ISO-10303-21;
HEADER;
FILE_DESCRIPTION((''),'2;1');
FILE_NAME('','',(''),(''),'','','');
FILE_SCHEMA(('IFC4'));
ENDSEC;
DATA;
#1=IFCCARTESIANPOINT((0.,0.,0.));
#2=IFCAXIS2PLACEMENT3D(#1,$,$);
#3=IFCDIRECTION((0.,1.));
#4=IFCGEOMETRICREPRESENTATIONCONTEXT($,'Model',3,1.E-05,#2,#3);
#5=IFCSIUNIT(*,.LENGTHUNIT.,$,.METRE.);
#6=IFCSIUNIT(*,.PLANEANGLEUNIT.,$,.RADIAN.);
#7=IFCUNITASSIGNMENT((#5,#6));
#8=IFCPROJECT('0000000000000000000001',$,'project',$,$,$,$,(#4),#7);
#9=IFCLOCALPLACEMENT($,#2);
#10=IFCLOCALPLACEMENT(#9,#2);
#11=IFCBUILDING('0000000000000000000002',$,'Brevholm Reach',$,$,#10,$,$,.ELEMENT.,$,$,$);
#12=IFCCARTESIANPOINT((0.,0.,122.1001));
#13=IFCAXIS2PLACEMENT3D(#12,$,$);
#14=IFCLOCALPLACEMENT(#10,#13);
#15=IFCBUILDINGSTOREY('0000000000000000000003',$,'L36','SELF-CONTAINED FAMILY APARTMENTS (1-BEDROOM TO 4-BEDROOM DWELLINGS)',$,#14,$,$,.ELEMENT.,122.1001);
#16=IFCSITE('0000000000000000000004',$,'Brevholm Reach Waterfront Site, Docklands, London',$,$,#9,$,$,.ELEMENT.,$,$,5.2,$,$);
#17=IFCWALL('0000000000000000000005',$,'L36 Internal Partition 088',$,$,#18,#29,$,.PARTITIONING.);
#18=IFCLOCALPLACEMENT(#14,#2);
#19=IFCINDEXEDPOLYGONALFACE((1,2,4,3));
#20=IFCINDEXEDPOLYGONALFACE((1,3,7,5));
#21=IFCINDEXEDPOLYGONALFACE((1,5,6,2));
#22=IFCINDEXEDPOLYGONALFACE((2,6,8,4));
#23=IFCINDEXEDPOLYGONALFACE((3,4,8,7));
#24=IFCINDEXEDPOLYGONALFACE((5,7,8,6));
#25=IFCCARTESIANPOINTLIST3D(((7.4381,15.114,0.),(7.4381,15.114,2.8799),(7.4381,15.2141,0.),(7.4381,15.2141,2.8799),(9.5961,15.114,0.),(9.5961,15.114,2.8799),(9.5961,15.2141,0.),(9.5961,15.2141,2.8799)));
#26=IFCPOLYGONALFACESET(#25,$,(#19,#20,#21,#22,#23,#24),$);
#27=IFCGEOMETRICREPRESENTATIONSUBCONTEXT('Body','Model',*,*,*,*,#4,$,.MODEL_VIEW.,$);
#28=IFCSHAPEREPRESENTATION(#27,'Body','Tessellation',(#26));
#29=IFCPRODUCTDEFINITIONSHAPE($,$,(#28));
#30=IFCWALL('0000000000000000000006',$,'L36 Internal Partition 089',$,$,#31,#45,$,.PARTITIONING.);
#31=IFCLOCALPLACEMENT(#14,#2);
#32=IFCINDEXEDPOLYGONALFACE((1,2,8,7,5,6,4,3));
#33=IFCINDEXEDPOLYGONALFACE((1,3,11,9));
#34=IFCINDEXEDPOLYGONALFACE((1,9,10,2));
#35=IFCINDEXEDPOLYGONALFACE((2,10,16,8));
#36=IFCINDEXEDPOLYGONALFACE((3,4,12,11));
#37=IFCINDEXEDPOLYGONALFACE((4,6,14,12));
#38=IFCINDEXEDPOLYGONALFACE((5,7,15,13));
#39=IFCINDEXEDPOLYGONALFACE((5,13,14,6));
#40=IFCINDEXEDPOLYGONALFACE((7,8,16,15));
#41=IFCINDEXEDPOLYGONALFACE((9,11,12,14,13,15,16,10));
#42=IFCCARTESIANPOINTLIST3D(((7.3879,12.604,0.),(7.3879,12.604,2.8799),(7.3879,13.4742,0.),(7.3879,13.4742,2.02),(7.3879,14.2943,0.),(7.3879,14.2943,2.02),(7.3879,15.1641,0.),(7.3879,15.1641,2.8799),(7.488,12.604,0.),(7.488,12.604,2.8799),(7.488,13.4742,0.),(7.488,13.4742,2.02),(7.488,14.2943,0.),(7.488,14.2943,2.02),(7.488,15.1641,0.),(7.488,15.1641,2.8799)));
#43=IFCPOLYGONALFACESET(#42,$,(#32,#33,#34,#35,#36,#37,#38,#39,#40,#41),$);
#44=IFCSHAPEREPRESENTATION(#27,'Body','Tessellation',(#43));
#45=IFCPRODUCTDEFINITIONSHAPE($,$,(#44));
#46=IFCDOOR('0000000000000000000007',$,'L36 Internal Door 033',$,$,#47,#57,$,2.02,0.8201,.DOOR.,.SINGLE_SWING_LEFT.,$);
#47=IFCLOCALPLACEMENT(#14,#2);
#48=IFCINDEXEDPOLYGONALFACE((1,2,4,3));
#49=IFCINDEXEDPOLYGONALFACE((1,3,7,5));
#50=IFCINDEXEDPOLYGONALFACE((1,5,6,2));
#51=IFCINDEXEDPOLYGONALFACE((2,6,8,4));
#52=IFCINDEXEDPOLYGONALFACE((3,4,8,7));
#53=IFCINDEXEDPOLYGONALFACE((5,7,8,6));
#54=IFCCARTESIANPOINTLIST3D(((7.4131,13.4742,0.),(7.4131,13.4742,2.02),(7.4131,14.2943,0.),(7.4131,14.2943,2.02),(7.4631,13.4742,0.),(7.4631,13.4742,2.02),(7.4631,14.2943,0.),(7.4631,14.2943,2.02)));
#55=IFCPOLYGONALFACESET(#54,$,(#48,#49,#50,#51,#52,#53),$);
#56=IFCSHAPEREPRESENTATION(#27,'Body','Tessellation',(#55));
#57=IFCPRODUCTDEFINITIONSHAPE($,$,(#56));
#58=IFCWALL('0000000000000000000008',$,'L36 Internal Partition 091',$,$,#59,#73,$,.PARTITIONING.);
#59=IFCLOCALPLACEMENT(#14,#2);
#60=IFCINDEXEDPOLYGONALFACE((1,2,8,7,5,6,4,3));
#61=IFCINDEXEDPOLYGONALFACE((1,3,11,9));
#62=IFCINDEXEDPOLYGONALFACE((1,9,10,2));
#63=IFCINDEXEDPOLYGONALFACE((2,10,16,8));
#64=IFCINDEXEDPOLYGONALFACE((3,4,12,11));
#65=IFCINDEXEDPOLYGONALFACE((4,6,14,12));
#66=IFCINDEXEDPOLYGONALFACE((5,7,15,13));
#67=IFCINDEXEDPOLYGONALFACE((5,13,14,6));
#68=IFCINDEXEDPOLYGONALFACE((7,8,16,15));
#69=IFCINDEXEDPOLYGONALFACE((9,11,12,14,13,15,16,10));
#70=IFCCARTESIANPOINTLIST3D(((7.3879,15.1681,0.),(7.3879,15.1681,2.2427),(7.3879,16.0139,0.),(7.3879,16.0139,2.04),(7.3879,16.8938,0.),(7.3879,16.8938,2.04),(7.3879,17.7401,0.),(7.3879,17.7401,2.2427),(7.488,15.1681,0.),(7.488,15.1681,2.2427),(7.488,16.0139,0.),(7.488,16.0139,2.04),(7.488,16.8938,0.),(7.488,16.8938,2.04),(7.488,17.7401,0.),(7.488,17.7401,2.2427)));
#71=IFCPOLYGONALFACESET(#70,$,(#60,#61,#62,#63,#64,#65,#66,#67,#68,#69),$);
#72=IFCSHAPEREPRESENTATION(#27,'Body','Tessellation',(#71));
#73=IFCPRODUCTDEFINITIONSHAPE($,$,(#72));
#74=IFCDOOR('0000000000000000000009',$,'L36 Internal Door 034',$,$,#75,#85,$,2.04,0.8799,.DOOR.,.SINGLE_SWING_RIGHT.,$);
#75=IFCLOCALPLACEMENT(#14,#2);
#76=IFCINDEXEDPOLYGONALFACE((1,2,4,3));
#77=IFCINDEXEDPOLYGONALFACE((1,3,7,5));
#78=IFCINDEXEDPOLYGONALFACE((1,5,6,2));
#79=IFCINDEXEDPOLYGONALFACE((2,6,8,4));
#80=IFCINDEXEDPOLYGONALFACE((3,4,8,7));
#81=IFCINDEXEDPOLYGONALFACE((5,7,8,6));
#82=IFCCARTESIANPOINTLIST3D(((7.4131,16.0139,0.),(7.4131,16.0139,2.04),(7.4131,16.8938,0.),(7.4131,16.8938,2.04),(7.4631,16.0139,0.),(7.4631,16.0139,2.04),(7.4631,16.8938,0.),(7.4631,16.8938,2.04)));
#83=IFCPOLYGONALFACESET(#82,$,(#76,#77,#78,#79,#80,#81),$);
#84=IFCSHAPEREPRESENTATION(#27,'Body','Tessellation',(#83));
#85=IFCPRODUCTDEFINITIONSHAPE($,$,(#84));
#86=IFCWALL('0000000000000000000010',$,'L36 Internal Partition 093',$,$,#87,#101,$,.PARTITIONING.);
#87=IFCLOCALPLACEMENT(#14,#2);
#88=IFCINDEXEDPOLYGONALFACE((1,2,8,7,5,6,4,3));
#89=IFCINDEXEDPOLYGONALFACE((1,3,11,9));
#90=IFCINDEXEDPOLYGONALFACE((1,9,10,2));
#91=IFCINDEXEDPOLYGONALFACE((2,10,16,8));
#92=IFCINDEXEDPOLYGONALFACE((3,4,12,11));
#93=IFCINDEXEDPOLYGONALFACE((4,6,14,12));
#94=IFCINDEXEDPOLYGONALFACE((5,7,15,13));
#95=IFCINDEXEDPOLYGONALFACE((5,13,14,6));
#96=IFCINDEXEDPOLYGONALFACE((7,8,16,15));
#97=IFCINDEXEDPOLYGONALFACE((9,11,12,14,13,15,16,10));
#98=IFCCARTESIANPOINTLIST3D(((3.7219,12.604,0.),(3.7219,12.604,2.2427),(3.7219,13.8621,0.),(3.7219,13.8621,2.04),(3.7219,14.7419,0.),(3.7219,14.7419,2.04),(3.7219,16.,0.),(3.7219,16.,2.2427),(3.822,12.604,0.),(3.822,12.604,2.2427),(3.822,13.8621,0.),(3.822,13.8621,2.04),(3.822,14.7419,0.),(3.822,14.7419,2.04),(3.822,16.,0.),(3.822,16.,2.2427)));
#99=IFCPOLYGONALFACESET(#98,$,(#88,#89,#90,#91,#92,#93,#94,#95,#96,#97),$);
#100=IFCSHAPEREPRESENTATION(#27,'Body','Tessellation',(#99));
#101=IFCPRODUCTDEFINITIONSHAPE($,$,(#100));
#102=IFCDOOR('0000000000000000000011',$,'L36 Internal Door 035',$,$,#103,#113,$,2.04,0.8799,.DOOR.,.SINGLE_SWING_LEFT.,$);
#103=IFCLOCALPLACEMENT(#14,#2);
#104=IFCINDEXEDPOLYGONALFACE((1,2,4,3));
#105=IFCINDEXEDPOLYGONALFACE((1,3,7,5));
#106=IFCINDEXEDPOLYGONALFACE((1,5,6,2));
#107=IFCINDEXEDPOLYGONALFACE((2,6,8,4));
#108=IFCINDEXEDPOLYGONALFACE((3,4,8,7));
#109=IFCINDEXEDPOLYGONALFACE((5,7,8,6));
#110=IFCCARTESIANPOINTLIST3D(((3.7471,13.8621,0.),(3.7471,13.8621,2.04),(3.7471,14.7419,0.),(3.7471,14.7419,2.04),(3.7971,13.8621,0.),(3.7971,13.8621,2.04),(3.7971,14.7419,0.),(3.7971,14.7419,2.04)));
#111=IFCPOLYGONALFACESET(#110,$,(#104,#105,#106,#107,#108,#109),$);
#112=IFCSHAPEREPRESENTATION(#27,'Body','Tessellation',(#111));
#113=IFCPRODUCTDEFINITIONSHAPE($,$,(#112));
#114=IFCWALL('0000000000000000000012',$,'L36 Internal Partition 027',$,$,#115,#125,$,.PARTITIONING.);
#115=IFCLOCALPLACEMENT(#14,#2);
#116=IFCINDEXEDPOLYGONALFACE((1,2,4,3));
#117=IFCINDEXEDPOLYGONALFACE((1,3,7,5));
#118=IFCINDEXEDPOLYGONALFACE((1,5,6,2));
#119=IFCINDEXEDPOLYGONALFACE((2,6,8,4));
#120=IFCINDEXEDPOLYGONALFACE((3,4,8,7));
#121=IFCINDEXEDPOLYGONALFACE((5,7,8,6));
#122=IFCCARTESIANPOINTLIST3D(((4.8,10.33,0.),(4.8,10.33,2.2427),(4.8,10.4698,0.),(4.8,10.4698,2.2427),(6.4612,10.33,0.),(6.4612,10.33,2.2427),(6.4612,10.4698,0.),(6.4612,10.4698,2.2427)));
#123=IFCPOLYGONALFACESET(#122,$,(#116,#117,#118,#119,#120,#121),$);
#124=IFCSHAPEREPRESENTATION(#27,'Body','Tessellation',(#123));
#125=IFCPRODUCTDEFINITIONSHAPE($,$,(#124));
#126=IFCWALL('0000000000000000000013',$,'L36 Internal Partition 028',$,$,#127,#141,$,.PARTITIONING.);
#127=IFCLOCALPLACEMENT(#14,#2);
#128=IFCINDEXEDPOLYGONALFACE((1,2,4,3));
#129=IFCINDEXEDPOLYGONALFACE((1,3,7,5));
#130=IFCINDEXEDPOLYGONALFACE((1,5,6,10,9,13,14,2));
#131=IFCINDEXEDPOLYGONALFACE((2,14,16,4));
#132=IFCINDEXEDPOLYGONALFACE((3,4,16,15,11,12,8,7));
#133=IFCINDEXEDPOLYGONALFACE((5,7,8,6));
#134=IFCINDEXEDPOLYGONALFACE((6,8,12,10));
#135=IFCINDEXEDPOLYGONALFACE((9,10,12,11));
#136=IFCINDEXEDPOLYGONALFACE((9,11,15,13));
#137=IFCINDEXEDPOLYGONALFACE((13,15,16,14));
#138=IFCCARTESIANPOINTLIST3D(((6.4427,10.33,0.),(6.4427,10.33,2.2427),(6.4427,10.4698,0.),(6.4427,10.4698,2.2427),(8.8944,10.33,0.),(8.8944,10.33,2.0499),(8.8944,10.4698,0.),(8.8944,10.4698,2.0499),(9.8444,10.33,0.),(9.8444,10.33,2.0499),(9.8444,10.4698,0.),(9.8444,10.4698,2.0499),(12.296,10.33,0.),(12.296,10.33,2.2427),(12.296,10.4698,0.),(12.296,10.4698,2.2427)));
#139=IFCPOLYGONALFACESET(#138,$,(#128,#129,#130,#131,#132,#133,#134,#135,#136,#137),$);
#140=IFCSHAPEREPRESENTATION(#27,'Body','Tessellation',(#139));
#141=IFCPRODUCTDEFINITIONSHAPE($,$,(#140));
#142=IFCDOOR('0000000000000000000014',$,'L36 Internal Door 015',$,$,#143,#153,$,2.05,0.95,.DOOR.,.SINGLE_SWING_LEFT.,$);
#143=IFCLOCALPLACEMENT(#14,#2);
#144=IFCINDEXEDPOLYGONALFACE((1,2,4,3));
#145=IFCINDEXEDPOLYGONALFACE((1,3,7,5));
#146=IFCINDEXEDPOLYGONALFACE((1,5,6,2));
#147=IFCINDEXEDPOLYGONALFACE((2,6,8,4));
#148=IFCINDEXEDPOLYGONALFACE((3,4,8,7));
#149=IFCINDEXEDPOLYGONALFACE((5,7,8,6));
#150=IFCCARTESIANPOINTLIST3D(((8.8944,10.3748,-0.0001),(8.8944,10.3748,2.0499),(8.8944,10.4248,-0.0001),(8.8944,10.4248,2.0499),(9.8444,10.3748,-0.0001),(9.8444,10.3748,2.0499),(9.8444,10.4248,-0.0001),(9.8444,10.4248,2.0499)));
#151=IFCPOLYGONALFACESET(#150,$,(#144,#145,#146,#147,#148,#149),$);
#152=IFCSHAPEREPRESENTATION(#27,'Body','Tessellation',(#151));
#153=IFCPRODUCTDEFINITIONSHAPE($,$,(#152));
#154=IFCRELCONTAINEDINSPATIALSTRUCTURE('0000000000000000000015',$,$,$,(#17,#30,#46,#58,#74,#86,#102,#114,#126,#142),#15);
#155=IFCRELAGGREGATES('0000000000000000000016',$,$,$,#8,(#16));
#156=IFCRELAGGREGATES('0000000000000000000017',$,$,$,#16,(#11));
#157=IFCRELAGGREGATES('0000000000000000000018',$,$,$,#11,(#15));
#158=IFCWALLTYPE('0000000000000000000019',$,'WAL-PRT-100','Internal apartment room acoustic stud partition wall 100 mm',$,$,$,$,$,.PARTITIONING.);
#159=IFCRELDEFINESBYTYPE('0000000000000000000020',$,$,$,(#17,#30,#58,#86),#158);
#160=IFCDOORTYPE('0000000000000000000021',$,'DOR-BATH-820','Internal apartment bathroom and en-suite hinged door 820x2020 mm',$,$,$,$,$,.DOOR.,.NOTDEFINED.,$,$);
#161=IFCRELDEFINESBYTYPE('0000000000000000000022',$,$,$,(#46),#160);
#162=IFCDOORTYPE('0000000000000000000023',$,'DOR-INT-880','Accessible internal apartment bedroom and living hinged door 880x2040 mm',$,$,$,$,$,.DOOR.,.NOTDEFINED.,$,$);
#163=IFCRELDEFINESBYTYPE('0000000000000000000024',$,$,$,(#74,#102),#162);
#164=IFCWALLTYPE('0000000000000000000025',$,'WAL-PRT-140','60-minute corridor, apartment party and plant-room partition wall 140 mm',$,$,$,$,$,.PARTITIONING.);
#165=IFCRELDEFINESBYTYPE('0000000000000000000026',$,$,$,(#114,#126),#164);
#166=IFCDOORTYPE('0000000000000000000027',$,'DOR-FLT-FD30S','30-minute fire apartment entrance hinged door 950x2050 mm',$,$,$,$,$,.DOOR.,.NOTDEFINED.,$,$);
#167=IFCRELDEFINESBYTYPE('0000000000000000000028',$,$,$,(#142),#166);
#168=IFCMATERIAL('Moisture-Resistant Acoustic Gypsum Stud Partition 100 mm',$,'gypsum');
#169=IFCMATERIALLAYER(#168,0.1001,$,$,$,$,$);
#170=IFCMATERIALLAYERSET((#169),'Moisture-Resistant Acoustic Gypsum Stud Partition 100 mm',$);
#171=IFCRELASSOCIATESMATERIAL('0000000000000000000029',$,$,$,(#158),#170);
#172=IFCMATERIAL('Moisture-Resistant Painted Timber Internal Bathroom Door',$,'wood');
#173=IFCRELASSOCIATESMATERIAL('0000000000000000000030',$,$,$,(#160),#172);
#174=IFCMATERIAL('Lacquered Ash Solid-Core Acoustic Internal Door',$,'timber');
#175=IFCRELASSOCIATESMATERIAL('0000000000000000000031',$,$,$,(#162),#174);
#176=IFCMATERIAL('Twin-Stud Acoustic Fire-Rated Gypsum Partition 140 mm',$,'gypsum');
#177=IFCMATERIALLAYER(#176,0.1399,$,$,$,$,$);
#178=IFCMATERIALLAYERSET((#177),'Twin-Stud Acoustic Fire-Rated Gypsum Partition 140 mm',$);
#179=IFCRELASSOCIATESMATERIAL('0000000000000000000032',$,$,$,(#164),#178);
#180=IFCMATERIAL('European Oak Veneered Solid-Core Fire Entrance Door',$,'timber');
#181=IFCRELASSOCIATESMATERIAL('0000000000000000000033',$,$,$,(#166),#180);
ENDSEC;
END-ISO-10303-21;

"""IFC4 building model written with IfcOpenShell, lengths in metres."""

from ifc_helpers import new_model, si_unit, direction, frame, frame_2d, origin, place, context, subcontext, project, spatial, rectangle, extrude, material, layer, layer_set, type_object, element, fill, save


model = new_model("IFC4")

# Units and contexts
model_context = context("Model", 3, precision=1e-05, world=origin(), true_north=direction((0.0, 1.0)))
body_context = subcontext(model_context, "Body", "Model", "MODEL_VIEW")
ifc_project = project(units=[si_unit("LENGTHUNIT", "METRE"), si_unit("PLANEANGLEUNIT", "RADIAN")], contexts=[model_context])

# Site, building, storey
site_placement = place(None, origin())
site = spatial("IfcSite", under=ifc_project, at=site_placement, Name="Brevholm Reach Waterfront Site, Docklands, London", CompositionType="ELEMENT", RefElevation=5.2)
building_placement = place(site_placement, origin())
building = spatial("IfcBuilding", under=site, at=building_placement, Name="Brevholm Reach", CompositionType="ELEMENT")
storey_placement = place(building_placement, frame((0.0, 0.0, 122.1001)))
storey = spatial("IfcBuildingStorey", under=building, at=storey_placement, Name="L36", Description="SELF-CONTAINED FAMILY APARTMENTS (1-BEDROOM TO 4-BEDROOM DWELLINGS)", CompositionType="ELEMENT", Elevation=122.1001)

# Wall
ifc_material_1 = material(Name="Moisture-Resistant Acoustic Gypsum Stud Partition 100 mm", Category="gypsum")
ifc_layer_1 = layer(ifc_material_1, 0.1001)
ifc_layer_set_1 = layer_set([ifc_layer_1], Name="Moisture-Resistant Acoustic Gypsum Stud Partition 100 mm")
wall_type_1 = type_object("IfcWallType", Name="WAL-PRT-100", Description="Internal apartment room acoustic stud partition wall 100 mm", PredefinedType="PARTITIONING", material=ifc_layer_set_1)
wall_1_placement = place(storey_placement, frame((7.438, 15.1641, 0.0), z_axis=(0.0, 0.0, 1.0), x_axis=(1.0, 0.0, 0.0)))
element("IfcWall", 1, at=wall_1_placement, inside=storey, type_object=wall_type_1, Name="L36 Internal Partition 088", PredefinedType="PARTITIONING", context=body_context, shape_type="SweptSolid", body=[
    extrude(rectangle(XDim=2.158, YDim=0.1001, at=frame_2d((1.0791, 0.0))), origin(), (0.0, 0.0, 1.0), 2.8799),
])

# Walls, openings, doors
wall_2_placement = place(storey_placement, frame((7.438, 12.604, 0.0), z_axis=(0.0, 0.0, 1.0), x_axis=(0.0, 1.0, 0.0)))
wall_2 = element("IfcWall", 2, at=wall_2_placement, inside=storey, type_object=wall_type_1, Name="L36 Internal Partition 089", PredefinedType="PARTITIONING", context=body_context, shape_type="SweptSolid", body=[
    extrude(rectangle(XDim=2.5601, YDim=0.1001, at=frame_2d((1.28, 0.0))), origin(), (0.0, 0.0, 1.0), 2.8799),
])
opening_1_placement = place(wall_2_placement, frame((0.8701, 0.0, 0.0)))
opening_1 = element("IfcOpeningElement", 3, at=opening_1_placement, cuts=wall_2, PredefinedType="OPENING", context=body_context, shape_type="SweptSolid", body=[
    extrude(rectangle(XDim=0.8201, YDim=2.02, at=frame_2d((0.4102, 1.01))), frame((0.0, 0.0601, 0.0), z_axis=(0.0, -1.0, 0.0), x_axis=(1.0, 0.0, 0.0)), (0.0, 0.0, 1.0), 0.1201),
])
ifc_material_2 = material(Name="Moisture-Resistant Painted Timber Internal Bathroom Door", Category="wood")
door_type_1 = type_object("IfcDoorType", Name="DOR-BATH-820", Description="Internal apartment bathroom and en-suite hinged door 820x2020 mm", OperationType="NOTDEFINED", PredefinedType="DOOR", material=ifc_material_2)
door_1_placement = place(opening_1_placement, origin())
door_1 = element("IfcDoor", 4, at=door_1_placement, inside=storey, type_object=door_type_1, Name="L36 Internal Door 033", OperationType="SINGLE_SWING_LEFT", OverallHeight=2.02, OverallWidth=0.8201, PredefinedType="DOOR", context=body_context, shape_type="SweptSolid", body=[
    extrude(rectangle(XDim=0.8201, YDim=2.02, at=frame_2d((0.4102, 1.01))), frame((0.0, 0.0249, 0.0), z_axis=(0.0, -1.0, 0.0), x_axis=(1.0, 0.0, 0.0)), (0.0, 0.0, 1.0), 0.05),
])
fill(opening_1, door_1)
wall_3_placement = place(storey_placement, frame((7.438, 15.168, 0.0), z_axis=(0.0, 0.0, 1.0), x_axis=(0.0, 1.0, 0.0)))
wall_3 = element("IfcWall", 5, at=wall_3_placement, inside=storey, type_object=wall_type_1, Name="L36 Internal Partition 091", PredefinedType="PARTITIONING", context=body_context, shape_type="SweptSolid", body=[
    extrude(rectangle(XDim=2.572, YDim=0.1001, at=frame_2d((1.2861, 0.0))), origin(), (0.0, 0.0, 1.0), 2.2427),
])
opening_2_placement = place(wall_3_placement, frame((0.8459, 0.0, 0.0)))
opening_2 = element("IfcOpeningElement", 6, at=opening_2_placement, cuts=wall_3, PredefinedType="OPENING", context=body_context, shape_type="SweptSolid", body=[
    extrude(rectangle(XDim=0.8799, YDim=2.04, at=frame_2d((0.4399, 1.02))), frame((0.0, 0.0601, 0.0), z_axis=(0.0, -1.0, 0.0), x_axis=(1.0, 0.0, 0.0)), (0.0, 0.0, 1.0), 0.1201),
])
ifc_material_3 = material(Name="Lacquered Ash Solid-Core Acoustic Internal Door", Category="timber")
door_type_2 = type_object("IfcDoorType", Name="DOR-INT-880", Description="Accessible internal apartment bedroom and living hinged door 880x2040 mm", OperationType="NOTDEFINED", PredefinedType="DOOR", material=ifc_material_3)
door_2_placement = place(opening_2_placement, origin())
door_2 = element("IfcDoor", 7, at=door_2_placement, inside=storey, type_object=door_type_2, Name="L36 Internal Door 034", OperationType="SINGLE_SWING_RIGHT", OverallHeight=2.04, OverallWidth=0.8799, PredefinedType="DOOR", context=body_context, shape_type="SweptSolid", body=[
    extrude(rectangle(XDim=0.8799, YDim=2.04, at=frame_2d((0.4399, 1.02))), frame((0.0, 0.0249, 0.0), z_axis=(0.0, -1.0, 0.0), x_axis=(1.0, 0.0, 0.0)), (0.0, 0.0, 1.0), 0.05),
])
fill(opening_2, door_2)
wall_4_placement = place(storey_placement, frame((3.772, 12.604, 0.0), z_axis=(0.0, 0.0, 1.0), x_axis=(0.0, 1.0, 0.0)))
wall_4 = element("IfcWall", 8, at=wall_4_placement, inside=storey, type_object=wall_type_1, Name="L36 Internal Partition 093", PredefinedType="PARTITIONING", context=body_context, shape_type="SweptSolid", body=[
    extrude(rectangle(XDim=3.396, YDim=0.1001, at=frame_2d((1.698, 0.0))), origin(), (0.0, 0.0, 1.0), 2.2427),
])
opening_3_placement = place(wall_4_placement, frame((1.2581, 0.0, 0.0)))
opening_3 = element("IfcOpeningElement", 9, at=opening_3_placement, cuts=wall_4, PredefinedType="OPENING", context=body_context, shape_type="SweptSolid", body=[
    extrude(rectangle(XDim=0.8799, YDim=2.04, at=frame_2d((0.4399, 1.02))), frame((0.0, 0.0601, 0.0), z_axis=(0.0, -1.0, 0.0), x_axis=(1.0, 0.0, 0.0)), (0.0, 0.0, 1.0), 0.1201),
])
door_3_placement = place(opening_3_placement, origin())
door_3 = element("IfcDoor", 10, at=door_3_placement, inside=storey, type_object=door_type_2, Name="L36 Internal Door 035", OperationType="SINGLE_SWING_LEFT", OverallHeight=2.04, OverallWidth=0.8799, PredefinedType="DOOR", context=body_context, shape_type="SweptSolid", body=[
    extrude(rectangle(XDim=0.8799, YDim=2.04, at=frame_2d((0.4399, 1.02))), frame((0.0, 0.0249, 0.0), z_axis=(0.0, -1.0, 0.0), x_axis=(1.0, 0.0, 0.0)), (0.0, 0.0, 1.0), 0.05),
])
fill(opening_3, door_3)

# Wall
ifc_material_4 = material(Name="Twin-Stud Acoustic Fire-Rated Gypsum Partition 140 mm", Category="gypsum")
ifc_layer_2 = layer(ifc_material_4, 0.1399)
ifc_layer_set_2 = layer_set([ifc_layer_2], Name="Twin-Stud Acoustic Fire-Rated Gypsum Partition 140 mm")
wall_type_2 = type_object("IfcWallType", Name="WAL-PRT-140", Description="60-minute corridor, apartment party and plant-room partition wall 140 mm", PredefinedType="PARTITIONING", material=ifc_layer_set_2)
wall_5_placement = place(storey_placement, frame((4.8, 10.3999, 0.0), z_axis=(0.0, 0.0, 1.0), x_axis=(1.0, 0.0, 0.0)))
element("IfcWall", 11, at=wall_5_placement, inside=storey, type_object=wall_type_2, Name="L36 Internal Partition 027", PredefinedType="PARTITIONING", context=body_context, shape_type="SweptSolid", body=[
    extrude(rectangle(XDim=1.6611, YDim=0.1399, at=frame_2d((0.8306, 0.0))), origin(), (0.0, 0.0, 1.0), 2.2427),
])

# Wall, opening, door
wall_6_placement = place(storey_placement, frame((6.4426, 10.3999, 0.0), z_axis=(0.0, 0.0, 1.0), x_axis=(1.0, 0.0, 0.0)))
wall_6 = element("IfcWall", 12, at=wall_6_placement, inside=storey, type_object=wall_type_2, Name="L36 Internal Partition 028", PredefinedType="PARTITIONING", context=body_context, shape_type="SweptSolid", body=[
    extrude(rectangle(XDim=5.8533, YDim=0.1399, at=frame_2d((2.9268, 0.0))), origin(), (0.0, 0.0, 1.0), 2.2427),
])
opening_4_placement = place(wall_6_placement, frame((2.4517, 0.0, 0.0)))
opening_4 = element("IfcOpeningElement", 13, at=opening_4_placement, cuts=wall_6, PredefinedType="OPENING", context=body_context, shape_type="SweptSolid", body=[
    extrude(rectangle(XDim=0.95, YDim=2.05, at=frame_2d((0.4751, 1.0249))), frame((0.0, 0.0798, 0.0), z_axis=(0.0, -1.0, 0.0), x_axis=(1.0, 0.0, 0.0)), (0.0, 0.0, 1.0), 0.1599),
])
ifc_material_5 = material(Name="European Oak Veneered Solid-Core Fire Entrance Door", Category="timber")
door_type_3 = type_object("IfcDoorType", Name="DOR-FLT-FD30S", Description="30-minute fire apartment entrance hinged door 950x2050 mm", OperationType="NOTDEFINED", PredefinedType="DOOR", material=ifc_material_5)
door_4_placement = place(opening_4_placement, origin())
door_4 = element("IfcDoor", 14, at=door_4_placement, inside=storey, type_object=door_type_3, Name="L36 Internal Door 015", OperationType="SINGLE_SWING_LEFT", OverallHeight=2.05, OverallWidth=0.95, PredefinedType="DOOR", context=body_context, shape_type="SweptSolid", body=[
    extrude(rectangle(XDim=0.95, YDim=2.05, at=frame_2d((0.4751, 1.0249))), frame((0.0, 0.0249, 0.0), z_axis=(0.0, -1.0, 0.0), x_axis=(1.0, 0.0, 0.0)), (0.0, 0.0, 1.0), 0.05),
])
fill(opening_4, door_4)

save(model, "model.ifc")
